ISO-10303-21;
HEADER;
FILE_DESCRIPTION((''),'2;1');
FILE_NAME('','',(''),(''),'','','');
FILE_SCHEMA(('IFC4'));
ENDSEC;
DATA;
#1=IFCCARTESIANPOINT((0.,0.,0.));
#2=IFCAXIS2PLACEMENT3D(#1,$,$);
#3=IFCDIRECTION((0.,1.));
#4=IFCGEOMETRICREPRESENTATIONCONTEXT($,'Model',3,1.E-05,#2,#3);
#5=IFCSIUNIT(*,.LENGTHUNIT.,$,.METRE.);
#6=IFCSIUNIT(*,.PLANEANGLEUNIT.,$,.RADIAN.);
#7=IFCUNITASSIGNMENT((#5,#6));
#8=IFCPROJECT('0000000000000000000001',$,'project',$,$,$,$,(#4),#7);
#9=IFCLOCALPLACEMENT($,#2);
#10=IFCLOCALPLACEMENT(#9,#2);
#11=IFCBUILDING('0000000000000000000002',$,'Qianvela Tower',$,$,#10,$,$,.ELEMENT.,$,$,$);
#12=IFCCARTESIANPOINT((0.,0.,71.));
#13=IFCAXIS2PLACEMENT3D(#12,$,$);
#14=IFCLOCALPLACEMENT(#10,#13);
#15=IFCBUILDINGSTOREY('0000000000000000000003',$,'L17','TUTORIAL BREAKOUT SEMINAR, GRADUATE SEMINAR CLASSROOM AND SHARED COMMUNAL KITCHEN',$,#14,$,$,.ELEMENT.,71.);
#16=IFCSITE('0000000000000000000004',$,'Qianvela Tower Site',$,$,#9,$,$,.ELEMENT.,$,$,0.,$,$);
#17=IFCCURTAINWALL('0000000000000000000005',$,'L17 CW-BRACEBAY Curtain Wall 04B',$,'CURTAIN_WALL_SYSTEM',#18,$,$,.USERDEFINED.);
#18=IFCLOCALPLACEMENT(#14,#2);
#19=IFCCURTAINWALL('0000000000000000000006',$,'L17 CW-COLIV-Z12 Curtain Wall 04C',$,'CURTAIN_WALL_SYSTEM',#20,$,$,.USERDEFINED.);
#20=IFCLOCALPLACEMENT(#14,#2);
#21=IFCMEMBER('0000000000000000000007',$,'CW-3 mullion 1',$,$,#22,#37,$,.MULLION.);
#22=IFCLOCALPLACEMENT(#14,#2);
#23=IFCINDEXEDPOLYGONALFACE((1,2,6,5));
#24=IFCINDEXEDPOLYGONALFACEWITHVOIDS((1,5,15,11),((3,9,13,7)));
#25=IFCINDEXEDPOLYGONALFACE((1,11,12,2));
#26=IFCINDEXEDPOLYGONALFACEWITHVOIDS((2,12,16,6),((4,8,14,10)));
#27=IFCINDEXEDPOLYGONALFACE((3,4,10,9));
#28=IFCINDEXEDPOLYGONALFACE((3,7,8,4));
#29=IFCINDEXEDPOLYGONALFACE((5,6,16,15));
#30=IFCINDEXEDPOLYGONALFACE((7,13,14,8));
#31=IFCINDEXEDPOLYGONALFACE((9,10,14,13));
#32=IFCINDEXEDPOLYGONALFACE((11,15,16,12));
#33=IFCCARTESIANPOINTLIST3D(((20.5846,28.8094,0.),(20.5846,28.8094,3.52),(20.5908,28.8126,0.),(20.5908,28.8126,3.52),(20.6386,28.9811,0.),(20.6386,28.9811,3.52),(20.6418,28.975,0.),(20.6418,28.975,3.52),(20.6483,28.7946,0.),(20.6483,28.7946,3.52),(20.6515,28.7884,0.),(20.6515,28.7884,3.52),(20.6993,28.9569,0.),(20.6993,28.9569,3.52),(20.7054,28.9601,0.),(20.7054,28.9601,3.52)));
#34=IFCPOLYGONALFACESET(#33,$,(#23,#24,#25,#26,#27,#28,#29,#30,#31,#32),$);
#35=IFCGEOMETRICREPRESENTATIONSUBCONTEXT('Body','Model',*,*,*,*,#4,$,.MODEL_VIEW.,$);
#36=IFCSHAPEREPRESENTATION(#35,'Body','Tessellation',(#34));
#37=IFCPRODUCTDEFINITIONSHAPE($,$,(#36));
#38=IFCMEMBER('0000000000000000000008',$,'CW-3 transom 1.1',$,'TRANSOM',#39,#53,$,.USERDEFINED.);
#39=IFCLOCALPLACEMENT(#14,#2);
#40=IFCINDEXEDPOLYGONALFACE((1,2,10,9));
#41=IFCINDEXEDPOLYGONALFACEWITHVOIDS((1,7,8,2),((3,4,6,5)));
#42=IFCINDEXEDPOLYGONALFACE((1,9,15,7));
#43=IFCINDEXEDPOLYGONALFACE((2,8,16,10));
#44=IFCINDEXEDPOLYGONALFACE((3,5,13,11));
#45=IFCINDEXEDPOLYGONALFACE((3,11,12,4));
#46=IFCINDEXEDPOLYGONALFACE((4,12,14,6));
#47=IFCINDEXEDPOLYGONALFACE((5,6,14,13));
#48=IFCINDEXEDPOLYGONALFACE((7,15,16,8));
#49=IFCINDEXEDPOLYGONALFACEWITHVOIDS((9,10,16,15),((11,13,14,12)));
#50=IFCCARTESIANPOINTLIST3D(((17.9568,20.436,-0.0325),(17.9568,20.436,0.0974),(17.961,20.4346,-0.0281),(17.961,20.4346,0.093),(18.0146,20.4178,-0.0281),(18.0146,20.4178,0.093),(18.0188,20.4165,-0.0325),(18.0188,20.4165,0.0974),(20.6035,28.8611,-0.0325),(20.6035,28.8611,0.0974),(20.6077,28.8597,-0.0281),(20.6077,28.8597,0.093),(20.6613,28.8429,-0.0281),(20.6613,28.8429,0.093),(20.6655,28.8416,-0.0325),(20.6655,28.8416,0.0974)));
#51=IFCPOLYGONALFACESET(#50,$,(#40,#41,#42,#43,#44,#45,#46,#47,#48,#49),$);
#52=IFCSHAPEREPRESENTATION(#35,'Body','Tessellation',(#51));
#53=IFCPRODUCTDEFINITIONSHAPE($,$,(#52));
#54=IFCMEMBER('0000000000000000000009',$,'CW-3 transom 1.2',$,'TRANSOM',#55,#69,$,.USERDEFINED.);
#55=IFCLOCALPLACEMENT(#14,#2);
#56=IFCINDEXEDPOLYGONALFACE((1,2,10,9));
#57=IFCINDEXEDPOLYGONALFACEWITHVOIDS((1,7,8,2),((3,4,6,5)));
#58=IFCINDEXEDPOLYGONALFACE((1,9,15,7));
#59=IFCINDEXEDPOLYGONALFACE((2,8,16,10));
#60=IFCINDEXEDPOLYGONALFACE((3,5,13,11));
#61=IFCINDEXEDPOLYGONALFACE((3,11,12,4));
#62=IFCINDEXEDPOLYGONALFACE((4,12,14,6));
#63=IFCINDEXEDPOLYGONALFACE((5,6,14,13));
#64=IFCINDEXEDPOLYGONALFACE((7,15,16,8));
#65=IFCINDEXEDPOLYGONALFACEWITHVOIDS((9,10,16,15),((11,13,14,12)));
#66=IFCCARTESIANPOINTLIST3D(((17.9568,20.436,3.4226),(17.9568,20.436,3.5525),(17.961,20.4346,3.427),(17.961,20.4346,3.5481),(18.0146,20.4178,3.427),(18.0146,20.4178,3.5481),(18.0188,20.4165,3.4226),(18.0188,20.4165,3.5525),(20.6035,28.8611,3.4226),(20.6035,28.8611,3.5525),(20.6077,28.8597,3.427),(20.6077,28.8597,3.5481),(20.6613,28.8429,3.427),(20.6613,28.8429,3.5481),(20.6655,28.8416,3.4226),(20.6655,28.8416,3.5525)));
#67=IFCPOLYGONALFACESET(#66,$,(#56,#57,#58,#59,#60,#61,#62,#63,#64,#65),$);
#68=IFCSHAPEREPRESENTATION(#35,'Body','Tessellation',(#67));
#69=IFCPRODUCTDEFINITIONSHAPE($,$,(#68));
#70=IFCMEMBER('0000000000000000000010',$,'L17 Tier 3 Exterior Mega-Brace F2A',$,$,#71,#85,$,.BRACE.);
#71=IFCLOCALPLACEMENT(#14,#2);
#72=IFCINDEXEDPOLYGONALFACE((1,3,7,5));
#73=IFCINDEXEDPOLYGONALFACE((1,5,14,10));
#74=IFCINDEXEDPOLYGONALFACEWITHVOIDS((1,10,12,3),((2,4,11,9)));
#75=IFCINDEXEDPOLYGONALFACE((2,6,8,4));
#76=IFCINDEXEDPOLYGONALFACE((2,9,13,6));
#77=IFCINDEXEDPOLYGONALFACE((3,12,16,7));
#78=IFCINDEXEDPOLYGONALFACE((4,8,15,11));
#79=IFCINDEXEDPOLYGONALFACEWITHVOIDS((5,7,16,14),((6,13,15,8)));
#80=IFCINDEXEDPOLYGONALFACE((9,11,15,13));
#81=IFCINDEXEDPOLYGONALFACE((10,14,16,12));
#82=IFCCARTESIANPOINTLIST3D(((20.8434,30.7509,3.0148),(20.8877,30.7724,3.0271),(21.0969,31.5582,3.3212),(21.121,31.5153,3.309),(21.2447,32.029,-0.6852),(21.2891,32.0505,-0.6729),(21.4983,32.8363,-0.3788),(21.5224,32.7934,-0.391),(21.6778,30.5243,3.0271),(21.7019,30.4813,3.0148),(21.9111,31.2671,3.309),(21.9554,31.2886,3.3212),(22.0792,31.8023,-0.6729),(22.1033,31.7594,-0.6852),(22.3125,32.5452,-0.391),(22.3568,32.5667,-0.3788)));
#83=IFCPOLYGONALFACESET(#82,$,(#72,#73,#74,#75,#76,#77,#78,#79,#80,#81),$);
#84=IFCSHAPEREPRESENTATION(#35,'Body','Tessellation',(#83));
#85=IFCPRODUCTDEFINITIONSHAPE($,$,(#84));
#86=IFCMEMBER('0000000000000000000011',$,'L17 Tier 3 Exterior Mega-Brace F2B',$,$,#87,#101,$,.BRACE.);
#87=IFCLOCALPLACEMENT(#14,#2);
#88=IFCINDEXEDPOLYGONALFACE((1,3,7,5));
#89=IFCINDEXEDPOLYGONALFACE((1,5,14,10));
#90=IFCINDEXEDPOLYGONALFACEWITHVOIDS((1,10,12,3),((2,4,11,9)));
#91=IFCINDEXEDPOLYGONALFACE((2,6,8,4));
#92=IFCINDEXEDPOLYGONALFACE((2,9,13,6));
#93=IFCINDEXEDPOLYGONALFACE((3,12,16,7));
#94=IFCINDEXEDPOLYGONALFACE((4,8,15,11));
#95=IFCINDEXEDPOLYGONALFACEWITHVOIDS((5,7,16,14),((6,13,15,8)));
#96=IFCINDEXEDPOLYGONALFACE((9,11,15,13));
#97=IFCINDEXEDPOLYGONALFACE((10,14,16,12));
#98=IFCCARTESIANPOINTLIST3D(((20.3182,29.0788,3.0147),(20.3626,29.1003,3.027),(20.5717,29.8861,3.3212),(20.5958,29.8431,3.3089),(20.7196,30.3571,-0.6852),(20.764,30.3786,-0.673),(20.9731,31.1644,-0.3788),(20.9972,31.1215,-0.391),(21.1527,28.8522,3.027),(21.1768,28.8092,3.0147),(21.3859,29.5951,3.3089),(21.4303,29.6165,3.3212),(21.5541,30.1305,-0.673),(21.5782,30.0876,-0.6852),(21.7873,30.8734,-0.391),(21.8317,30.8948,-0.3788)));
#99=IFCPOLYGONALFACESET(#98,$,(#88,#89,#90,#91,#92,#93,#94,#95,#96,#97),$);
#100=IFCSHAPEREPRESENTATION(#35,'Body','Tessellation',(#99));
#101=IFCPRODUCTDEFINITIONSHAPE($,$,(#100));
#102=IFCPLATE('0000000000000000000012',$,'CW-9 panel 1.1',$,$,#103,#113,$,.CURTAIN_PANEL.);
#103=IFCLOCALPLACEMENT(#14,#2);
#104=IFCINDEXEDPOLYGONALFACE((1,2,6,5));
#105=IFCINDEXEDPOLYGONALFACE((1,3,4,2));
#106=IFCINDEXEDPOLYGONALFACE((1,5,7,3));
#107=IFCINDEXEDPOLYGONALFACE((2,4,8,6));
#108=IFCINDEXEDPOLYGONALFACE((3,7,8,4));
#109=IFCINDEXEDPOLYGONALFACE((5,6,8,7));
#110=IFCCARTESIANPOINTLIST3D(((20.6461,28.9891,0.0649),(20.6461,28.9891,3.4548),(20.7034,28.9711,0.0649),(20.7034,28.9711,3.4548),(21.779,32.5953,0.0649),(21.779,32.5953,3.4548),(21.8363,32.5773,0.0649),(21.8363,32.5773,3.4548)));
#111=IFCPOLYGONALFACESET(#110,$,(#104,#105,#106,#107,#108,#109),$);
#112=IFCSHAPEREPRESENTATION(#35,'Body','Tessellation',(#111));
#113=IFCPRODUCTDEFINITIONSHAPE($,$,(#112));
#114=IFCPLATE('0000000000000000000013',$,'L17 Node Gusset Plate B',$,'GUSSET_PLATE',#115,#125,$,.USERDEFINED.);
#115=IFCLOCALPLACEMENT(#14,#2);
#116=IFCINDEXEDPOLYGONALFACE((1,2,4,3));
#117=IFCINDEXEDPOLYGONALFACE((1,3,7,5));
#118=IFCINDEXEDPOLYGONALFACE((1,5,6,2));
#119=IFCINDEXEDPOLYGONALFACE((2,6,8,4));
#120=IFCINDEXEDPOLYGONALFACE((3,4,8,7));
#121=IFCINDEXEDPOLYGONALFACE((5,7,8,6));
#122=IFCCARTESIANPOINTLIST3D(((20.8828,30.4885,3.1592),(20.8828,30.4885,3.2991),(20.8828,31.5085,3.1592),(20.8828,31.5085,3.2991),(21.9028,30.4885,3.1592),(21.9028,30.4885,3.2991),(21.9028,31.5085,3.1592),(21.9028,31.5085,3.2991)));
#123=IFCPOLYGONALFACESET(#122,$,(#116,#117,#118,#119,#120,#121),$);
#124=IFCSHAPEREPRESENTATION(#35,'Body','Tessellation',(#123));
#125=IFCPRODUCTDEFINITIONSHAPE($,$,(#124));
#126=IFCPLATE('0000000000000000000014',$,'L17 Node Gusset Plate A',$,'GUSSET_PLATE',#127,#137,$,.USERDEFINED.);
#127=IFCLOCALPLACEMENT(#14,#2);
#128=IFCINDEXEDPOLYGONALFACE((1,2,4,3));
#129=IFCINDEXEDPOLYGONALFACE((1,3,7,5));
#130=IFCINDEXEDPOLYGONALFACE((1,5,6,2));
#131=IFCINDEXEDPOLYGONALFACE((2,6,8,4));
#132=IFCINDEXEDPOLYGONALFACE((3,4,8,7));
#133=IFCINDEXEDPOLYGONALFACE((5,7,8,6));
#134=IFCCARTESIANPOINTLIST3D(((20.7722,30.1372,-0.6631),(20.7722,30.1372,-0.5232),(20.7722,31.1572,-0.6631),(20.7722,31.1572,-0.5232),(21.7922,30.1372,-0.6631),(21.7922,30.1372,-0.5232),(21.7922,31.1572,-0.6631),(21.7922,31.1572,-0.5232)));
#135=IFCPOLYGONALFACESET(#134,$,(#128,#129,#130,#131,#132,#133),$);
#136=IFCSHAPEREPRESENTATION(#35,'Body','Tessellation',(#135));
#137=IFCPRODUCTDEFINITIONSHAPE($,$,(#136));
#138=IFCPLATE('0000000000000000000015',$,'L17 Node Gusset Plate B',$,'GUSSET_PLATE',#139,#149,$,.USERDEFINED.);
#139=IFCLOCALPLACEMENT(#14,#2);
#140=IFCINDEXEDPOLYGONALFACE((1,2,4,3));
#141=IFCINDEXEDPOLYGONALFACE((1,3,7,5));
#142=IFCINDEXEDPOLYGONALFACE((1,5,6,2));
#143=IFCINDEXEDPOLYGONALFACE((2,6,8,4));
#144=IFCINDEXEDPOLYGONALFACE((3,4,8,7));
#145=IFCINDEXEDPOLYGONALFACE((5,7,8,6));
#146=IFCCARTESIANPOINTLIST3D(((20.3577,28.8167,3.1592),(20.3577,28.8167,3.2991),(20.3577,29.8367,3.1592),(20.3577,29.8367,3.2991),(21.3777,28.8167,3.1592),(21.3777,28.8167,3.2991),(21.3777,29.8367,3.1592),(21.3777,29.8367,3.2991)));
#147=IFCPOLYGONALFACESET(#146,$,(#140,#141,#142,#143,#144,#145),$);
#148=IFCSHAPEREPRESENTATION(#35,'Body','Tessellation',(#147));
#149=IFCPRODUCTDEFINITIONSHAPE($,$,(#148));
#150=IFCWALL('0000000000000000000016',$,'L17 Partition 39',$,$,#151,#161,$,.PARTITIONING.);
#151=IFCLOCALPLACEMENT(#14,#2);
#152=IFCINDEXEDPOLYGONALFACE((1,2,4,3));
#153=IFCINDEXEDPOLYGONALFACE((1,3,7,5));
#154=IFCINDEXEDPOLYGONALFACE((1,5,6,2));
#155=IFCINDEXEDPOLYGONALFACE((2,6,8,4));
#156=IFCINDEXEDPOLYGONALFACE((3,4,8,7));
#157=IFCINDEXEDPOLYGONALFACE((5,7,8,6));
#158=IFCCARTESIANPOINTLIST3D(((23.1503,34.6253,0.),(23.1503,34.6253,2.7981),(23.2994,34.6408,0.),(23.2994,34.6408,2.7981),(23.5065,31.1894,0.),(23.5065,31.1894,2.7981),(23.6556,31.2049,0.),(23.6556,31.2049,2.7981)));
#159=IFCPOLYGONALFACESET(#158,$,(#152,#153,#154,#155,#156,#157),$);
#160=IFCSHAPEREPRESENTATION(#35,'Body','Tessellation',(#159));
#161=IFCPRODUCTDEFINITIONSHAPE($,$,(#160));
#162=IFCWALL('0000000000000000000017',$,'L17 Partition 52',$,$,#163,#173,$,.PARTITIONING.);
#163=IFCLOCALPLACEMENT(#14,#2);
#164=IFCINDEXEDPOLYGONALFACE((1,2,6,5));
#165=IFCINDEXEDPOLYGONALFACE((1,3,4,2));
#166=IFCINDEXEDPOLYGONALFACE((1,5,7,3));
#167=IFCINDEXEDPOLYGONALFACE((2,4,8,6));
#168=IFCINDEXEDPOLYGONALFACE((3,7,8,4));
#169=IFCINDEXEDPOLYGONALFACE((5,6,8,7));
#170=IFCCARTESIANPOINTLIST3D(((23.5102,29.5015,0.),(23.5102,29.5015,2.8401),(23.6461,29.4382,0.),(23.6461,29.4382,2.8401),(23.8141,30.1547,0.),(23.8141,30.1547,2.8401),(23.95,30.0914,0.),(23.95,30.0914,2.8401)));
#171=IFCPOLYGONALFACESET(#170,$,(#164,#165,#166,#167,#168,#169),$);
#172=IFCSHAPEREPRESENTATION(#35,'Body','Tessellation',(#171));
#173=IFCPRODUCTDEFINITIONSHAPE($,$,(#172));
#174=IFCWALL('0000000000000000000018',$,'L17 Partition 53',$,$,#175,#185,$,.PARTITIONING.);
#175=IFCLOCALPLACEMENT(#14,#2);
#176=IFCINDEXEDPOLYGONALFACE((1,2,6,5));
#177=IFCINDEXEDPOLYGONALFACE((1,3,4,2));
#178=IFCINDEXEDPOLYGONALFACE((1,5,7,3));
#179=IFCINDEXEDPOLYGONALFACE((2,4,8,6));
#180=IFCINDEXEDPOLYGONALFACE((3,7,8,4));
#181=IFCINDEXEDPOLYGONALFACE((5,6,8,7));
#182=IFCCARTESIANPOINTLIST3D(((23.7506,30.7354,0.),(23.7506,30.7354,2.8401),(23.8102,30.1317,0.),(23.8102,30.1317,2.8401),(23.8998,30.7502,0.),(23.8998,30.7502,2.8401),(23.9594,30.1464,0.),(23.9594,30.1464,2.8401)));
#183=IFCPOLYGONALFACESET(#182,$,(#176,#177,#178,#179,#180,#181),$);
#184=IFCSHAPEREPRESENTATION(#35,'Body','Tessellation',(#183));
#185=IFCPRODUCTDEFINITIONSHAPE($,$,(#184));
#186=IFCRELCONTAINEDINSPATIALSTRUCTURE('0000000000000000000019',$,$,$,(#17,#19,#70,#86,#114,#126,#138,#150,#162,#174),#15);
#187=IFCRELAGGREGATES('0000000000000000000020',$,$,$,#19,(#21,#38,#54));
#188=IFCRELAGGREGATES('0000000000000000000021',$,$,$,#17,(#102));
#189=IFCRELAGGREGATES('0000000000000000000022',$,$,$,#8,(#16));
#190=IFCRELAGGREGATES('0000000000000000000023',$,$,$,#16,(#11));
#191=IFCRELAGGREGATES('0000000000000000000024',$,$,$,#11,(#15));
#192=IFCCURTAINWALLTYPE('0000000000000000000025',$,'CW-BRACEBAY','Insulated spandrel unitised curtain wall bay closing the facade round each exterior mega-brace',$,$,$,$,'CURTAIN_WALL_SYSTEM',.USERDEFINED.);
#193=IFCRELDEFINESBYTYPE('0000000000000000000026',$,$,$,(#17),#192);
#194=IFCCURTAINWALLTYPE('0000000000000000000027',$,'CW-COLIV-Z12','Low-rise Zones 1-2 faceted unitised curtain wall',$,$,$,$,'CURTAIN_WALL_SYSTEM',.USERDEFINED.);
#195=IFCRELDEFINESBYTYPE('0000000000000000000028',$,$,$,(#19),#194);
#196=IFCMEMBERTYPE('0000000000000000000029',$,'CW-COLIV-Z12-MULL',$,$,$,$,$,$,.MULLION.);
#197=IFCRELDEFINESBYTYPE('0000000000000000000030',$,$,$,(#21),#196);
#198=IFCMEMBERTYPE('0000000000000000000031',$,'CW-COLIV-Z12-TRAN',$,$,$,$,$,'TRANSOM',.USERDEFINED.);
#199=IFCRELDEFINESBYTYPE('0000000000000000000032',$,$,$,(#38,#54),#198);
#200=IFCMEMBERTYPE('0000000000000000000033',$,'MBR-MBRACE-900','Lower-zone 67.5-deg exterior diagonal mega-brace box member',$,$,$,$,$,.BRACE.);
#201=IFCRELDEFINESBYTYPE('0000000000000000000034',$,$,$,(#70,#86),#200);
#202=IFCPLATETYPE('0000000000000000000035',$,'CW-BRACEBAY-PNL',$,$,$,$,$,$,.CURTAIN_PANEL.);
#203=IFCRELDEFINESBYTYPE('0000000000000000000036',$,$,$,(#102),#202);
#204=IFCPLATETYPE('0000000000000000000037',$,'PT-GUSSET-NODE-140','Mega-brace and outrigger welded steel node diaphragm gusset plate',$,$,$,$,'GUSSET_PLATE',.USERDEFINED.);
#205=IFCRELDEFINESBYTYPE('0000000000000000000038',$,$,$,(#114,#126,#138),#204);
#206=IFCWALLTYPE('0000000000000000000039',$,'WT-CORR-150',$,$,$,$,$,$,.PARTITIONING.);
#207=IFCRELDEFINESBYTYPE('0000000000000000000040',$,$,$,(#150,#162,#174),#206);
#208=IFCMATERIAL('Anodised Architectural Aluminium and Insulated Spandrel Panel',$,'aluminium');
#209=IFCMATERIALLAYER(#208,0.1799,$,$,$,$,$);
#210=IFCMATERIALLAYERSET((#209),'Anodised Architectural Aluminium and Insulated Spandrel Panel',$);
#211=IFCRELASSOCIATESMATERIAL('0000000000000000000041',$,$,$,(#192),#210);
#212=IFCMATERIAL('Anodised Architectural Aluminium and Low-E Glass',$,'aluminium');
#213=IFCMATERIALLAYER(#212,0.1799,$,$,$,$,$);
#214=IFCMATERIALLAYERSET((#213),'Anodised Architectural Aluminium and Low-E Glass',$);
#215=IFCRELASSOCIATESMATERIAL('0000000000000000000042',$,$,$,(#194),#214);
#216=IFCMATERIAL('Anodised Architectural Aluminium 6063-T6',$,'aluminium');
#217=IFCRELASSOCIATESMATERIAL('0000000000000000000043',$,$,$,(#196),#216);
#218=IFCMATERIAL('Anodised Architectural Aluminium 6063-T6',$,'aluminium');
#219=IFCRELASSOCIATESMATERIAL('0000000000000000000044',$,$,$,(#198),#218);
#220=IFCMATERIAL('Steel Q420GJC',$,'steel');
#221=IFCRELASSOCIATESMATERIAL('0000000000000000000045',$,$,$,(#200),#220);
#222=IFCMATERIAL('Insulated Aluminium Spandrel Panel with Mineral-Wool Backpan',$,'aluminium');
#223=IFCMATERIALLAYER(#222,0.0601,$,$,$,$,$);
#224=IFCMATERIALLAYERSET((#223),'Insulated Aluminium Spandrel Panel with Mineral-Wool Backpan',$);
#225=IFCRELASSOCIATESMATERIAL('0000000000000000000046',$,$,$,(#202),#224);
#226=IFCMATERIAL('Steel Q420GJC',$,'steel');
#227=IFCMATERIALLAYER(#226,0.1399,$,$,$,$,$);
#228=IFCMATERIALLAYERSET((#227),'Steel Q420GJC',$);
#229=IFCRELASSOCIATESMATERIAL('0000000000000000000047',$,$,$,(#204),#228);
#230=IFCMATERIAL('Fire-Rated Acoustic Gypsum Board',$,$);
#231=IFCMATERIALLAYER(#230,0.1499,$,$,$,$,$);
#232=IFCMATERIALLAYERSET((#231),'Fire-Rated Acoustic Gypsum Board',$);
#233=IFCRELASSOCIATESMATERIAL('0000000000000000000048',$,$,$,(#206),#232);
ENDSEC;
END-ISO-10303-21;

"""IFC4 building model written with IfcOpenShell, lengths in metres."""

from ifc_helpers import new_model, si_unit, direction, frame, frame_2d, origin, origin_2d, place, context, subcontext, project, spatial, rectangle, hollow_rectangle, extrude, material, layer, layer_set, material_profile, profile_set, type_object, element, aggregate, save


model = new_model("IFC4")

# Units and contexts
model_context = context("Model", 3, precision=1e-05, world=origin(), true_north=direction((0.0, 1.0)))
body_context = subcontext(model_context, "Body", "Model", "MODEL_VIEW")
ifc_project = project(units=[si_unit("LENGTHUNIT", "METRE"), si_unit("PLANEANGLEUNIT", "RADIAN")], contexts=[model_context])

# Site, building, storey
site_placement = place(None, origin())
site = spatial("IfcSite", under=ifc_project, at=site_placement, Name="Qianvela Tower Site", CompositionType="ELEMENT", RefElevation=0.0)
building_placement = place(site_placement, origin())
building = spatial("IfcBuilding", under=site, at=building_placement, Name="Qianvela Tower", CompositionType="ELEMENT")
storey_placement = place(building_placement, frame((0.0, 0.0, 71.0)))
storey = spatial("IfcBuildingStorey", under=building, at=storey_placement, Name="L17", Description="TUTORIAL BREAKOUT SEMINAR, GRADUATE SEMINAR CLASSROOM AND SHARED COMMUNAL KITCHEN", CompositionType="ELEMENT", Elevation=71.0)

# Curtain wall
ifc_material_1 = material(Name="Anodised Architectural Aluminium and Insulated Spandrel Panel", Category="aluminium")
ifc_layer_1 = layer(ifc_material_1, 0.1799)
ifc_layer_set_1 = layer_set([ifc_layer_1], Name="Anodised Architectural Aluminium and Insulated Spandrel Panel")
curtain_wall_type_1 = type_object("IfcCurtainWallType", Name="CW-BRACEBAY", Description="Insulated spandrel unitised curtain wall bay closing the facade round each exterior mega-brace", ElementType="CURTAIN_WALL_SYSTEM", PredefinedType="USERDEFINED", material=ifc_layer_set_1)
curtain_wall_1_placement = place(storey_placement, origin())
curtain_wall_1 = element("IfcCurtainWall", 1, at=curtain_wall_1_placement, inside=storey, type_object=curtain_wall_type_1, Name="L17 CW-BRACEBAY Curtain Wall 04B", ObjectType="CURTAIN_WALL_SYSTEM", PredefinedType="USERDEFINED")

# Curtain wall, members
ifc_material_2 = material(Name="Anodised Architectural Aluminium and Low-E Glass", Category="aluminium")
ifc_layer_2 = layer(ifc_material_2, 0.1799)
ifc_layer_set_2 = layer_set([ifc_layer_2], Name="Anodised Architectural Aluminium and Low-E Glass")
curtain_wall_type_2 = type_object("IfcCurtainWallType", Name="CW-COLIV-Z12", Description="Low-rise Zones 1-2 faceted unitised curtain wall", ElementType="CURTAIN_WALL_SYSTEM", PredefinedType="USERDEFINED", material=ifc_layer_set_2)
curtain_wall_2_placement = place(storey_placement, origin())
curtain_wall_2 = element("IfcCurtainWall", 2, at=curtain_wall_2_placement, inside=storey, type_object=curtain_wall_type_2, Name="L17 CW-COLIV-Z12 Curtain Wall 04C", ObjectType="CURTAIN_WALL_SYSTEM", PredefinedType="USERDEFINED")
ifc_material_3 = material(Name="Anodised Architectural Aluminium 6063-T6", Category="aluminium")
ifc_material_profile_1 = material_profile(ifc_material_3, hollow_rectangle(XDim=0.0701, YDim=0.1799, WallThickness=0.0049, at=origin_2d()), Name="ALU-MULL-70x180")
ifc_profile_set_1 = profile_set([ifc_material_profile_1], Name="Anodised Architectural Aluminium 6063-T6")
member_type_1 = type_object("IfcMemberType", Name="CW-COLIV-Z12-MULL", PredefinedType="MULLION", material=ifc_profile_set_1)
member_1_placement = place(storey_placement, frame((20.645, 28.8848, 0.0), z_axis=(0.0, 0.0, 1.0), x_axis=(0.954032, -0.299704, 0.0)))
member_1 = element("IfcMember", 3, at=member_1_placement, type_object=member_type_1, Name="CW-3 mullion 1", PredefinedType="MULLION", context=body_context, shape_type="SweptSolid", body=[
    extrude(hollow_rectangle(XDim=0.0701, YDim=0.1799, WallThickness=0.0049, at=origin_2d()), origin(), (0.0, 0.0, 1.0), 3.52),
])
ifc_material_4 = material(Name="Anodised Architectural Aluminium 6063-T6", Category="aluminium")
ifc_material_profile_2 = material_profile(ifc_material_4, hollow_rectangle(XDim=0.0649, YDim=0.1299, WallThickness=0.0044, at=origin_2d()), Name="ALU-TRAN-65x130")
ifc_profile_set_2 = profile_set([ifc_material_profile_2], Name="Anodised Architectural Aluminium 6063-T6")
member_type_2 = type_object("IfcMemberType", Name="CW-COLIV-Z12-TRAN", ElementType="TRANSOM", PredefinedType="USERDEFINED", material=ifc_profile_set_2)
member_2_placement = place(storey_placement, frame((20.6345, 28.8513, 0.0325), z_axis=(-0.299709, -0.954031, 0.0), x_axis=(0.954031, -0.299709, 0.0)))
member_2 = element("IfcMember", 4, at=member_2_placement, type_object=member_type_2, Name="CW-3 transom 1.1", ObjectType="TRANSOM", PredefinedType="USERDEFINED", context=body_context, shape_type="SweptSolid", body=[
    extrude(hollow_rectangle(XDim=0.0649, YDim=0.1299, WallThickness=0.0044, at=origin_2d()), origin(), (0.0, 0.0, 1.0), 8.8311),
])
member_3_placement = place(storey_placement, frame((20.6345, 28.8513, 3.4875), z_axis=(-0.299709, -0.954031, 0.0), x_axis=(0.954031, -0.299709, 0.0)))
member_3 = element("IfcMember", 5, at=member_3_placement, type_object=member_type_2, Name="CW-3 transom 1.2", ObjectType="TRANSOM", PredefinedType="USERDEFINED", context=body_context, shape_type="SweptSolid", body=[
    extrude(hollow_rectangle(XDim=0.0649, YDim=0.1299, WallThickness=0.0044, at=origin_2d()), origin(), (0.0, 0.0, 1.0), 8.8311),
])
aggregate(curtain_wall_2, [member_1, member_2, member_3])

# Members
ifc_material_5 = material(Name="Steel Q420GJC", Category="steel")
ifc_material_profile_3 = material_profile(ifc_material_5, hollow_rectangle(XDim=0.8999, YDim=0.8999, WallThickness=0.0359, at=origin_2d()), Name="MBOX-900x900x36")
ifc_profile_set_3 = profile_set([ifc_material_profile_3], Name="Steel Q420GJC")
member_type_3 = type_object("IfcMemberType", Name="MBR-MBRACE-900", Description="Lower-zone 67.5-deg exterior diagonal mega-brace box member", PredefinedType="BRACE", material=ifc_profile_set_3)
for number, where, z_axis, x_axis, name in (
    (6, (21.8008, 32.2979, -0.532), (-0.101999, -0.324797, 0.940267), (0.954061, -0.299613, 0.0), "L17 Tier 3 Exterior Mega-Brace F2A"),
    (7, (21.2756, 30.626, -0.532), (-0.101997, -0.324853, 0.940249), (0.954077, -0.299561, 0.0), "L17 Tier 3 Exterior Mega-Brace F2B"),
):
    element("IfcMember", number, at=place(storey_placement, frame(where, z_axis=z_axis, x_axis=x_axis)), inside=storey, type_object=member_type_3, Name=name, PredefinedType="BRACE", context=body_context, shape_type="SweptSolid", body=[
        extrude(hollow_rectangle(XDim=0.8999, YDim=0.8999, WallThickness=0.0359, at=origin_2d()), origin(), (0.0, 0.0, 1.0), 3.9351),
    ])

# Plate
ifc_material_6 = material(Name="Insulated Aluminium Spandrel Panel with Mineral-Wool Backpan", Category="aluminium")
ifc_layer_3 = layer(ifc_material_6, 0.0601)
ifc_layer_set_3 = layer_set([ifc_layer_3], Name="Insulated Aluminium Spandrel Panel with Mineral-Wool Backpan")
plate_type_1 = type_object("IfcPlateType", Name="CW-BRACEBAY-PNL", PredefinedType="CURTAIN_PANEL", material=ifc_layer_set_3)
plate_placement = place(storey_placement, frame((21.2412, 30.7832, 0.0649), z_axis=(0.0, 0.0, 1.0), x_axis=(-0.299699, -0.954034, 0.0)))
plate = element("IfcPlate", 8, at=plate_placement, type_object=plate_type_1, Name="CW-9 panel 1.1", PredefinedType="CURTAIN_PANEL", context=body_context, shape_type="SweptSolid", body=[
    extrude(rectangle(XDim=3.78, YDim=0.0601, at=origin_2d()), origin(), (0.0, 0.0, 1.0), 3.3899),
])
aggregate(curtain_wall_1, [plate])

# Plates
ifc_material_7 = material(Name="Steel Q420GJC", Category="steel")
ifc_layer_4 = layer(ifc_material_7, 0.1399)
ifc_layer_set_4 = layer_set([ifc_layer_4], Name="Steel Q420GJC")
plate_type_2 = type_object("IfcPlateType", Name="PT-GUSSET-NODE-140", Description="Mega-brace and outrigger welded steel node diaphragm gusset plate", ElementType="GUSSET_PLATE", PredefinedType="USERDEFINED", material=ifc_layer_set_4)
for number, where, z_axis, x_axis, name in (
    (9, (21.3928, 30.9985, 3.1592), (0.0, 0.0, 1.0), (1.0, 0.0, 0.0), "L17 Node Gusset Plate B"),
    (10, (21.2822, 30.6472, -0.6631), (0.0, 0.0, 1.0), (1.0, 0.0, 0.0), "L17 Node Gusset Plate A"),
    (11, (20.8677, 29.3267, 3.1592), (0.0, 0.0, 1.0), (1.0, 0.0, 0.0), "L17 Node Gusset Plate B"),
):
    element("IfcPlate", number, at=place(storey_placement, frame(where, z_axis=z_axis, x_axis=x_axis)), inside=storey, type_object=plate_type_2, Name=name, ObjectType="GUSSET_PLATE", PredefinedType="USERDEFINED", context=body_context, shape_type="SweptSolid", body=[
        extrude(rectangle(XDim=1.02, YDim=1.02, at=origin_2d()), origin(), (0.0, 0.0, 1.0), 0.1399),
    ])

# Walls
ifc_material_8 = material(Name="Fire-Rated Acoustic Gypsum Board")
ifc_layer_5 = layer(ifc_material_8, 0.1499)
ifc_layer_set_5 = layer_set([ifc_layer_5], Name="Fire-Rated Acoustic Gypsum Board")
wall_type_1 = type_object("IfcWallType", Name="WT-CORR-150", PredefinedType="PARTITIONING", material=ifc_layer_set_5)
wall_1_placement = place(storey_placement, frame((23.5811, 31.1973, 0.0), z_axis=(0.0, 0.0, 1.0), x_axis=(-0.103114, 0.99467, 0.0)))
element("IfcWall", 12, at=wall_1_placement, inside=storey, type_object=wall_type_1, Name="L17 Partition 39", PredefinedType="PARTITIONING", context=body_context, shape_type="SweptSolid", body=[
    extrude(rectangle(XDim=3.4543, YDim=0.1499, at=frame_2d((1.7271, 0.0))), origin(), (0.0, 0.0, 1.0), 2.7981),
])
wall_2_placement = place(storey_placement, frame((23.5781, 29.4697, 0.0), z_axis=(0.0, 0.0, 1.0), x_axis=(0.421828, 0.906676, 0.0)))
element("IfcWall", 13, at=wall_2_placement, inside=storey, type_object=wall_type_1, Name="L17 Partition 52", PredefinedType="PARTITIONING", context=body_context, shape_type="SweptSolid", body=[
    extrude(rectangle(XDim=0.7205, YDim=0.1499, at=frame_2d((0.3604, 0.0))), origin(), (0.0, 0.0, 1.0), 2.8401),
])
wall_3_placement = place(storey_placement, frame((23.8848, 30.1392, 0.0), z_axis=(0.0, 0.0, 1.0), x_axis=(-0.098189, 0.995168, 0.0)))
element("IfcWall", 14, at=wall_3_placement, inside=storey, type_object=wall_type_1, Name="L17 Partition 53", PredefinedType="PARTITIONING", context=body_context, shape_type="SweptSolid", body=[
    extrude(rectangle(XDim=0.6067, YDim=0.1499, at=frame_2d((0.3032, 0.0))), origin(), (0.0, 0.0, 1.0), 2.8401),
])

save(model, "model.ifc")
